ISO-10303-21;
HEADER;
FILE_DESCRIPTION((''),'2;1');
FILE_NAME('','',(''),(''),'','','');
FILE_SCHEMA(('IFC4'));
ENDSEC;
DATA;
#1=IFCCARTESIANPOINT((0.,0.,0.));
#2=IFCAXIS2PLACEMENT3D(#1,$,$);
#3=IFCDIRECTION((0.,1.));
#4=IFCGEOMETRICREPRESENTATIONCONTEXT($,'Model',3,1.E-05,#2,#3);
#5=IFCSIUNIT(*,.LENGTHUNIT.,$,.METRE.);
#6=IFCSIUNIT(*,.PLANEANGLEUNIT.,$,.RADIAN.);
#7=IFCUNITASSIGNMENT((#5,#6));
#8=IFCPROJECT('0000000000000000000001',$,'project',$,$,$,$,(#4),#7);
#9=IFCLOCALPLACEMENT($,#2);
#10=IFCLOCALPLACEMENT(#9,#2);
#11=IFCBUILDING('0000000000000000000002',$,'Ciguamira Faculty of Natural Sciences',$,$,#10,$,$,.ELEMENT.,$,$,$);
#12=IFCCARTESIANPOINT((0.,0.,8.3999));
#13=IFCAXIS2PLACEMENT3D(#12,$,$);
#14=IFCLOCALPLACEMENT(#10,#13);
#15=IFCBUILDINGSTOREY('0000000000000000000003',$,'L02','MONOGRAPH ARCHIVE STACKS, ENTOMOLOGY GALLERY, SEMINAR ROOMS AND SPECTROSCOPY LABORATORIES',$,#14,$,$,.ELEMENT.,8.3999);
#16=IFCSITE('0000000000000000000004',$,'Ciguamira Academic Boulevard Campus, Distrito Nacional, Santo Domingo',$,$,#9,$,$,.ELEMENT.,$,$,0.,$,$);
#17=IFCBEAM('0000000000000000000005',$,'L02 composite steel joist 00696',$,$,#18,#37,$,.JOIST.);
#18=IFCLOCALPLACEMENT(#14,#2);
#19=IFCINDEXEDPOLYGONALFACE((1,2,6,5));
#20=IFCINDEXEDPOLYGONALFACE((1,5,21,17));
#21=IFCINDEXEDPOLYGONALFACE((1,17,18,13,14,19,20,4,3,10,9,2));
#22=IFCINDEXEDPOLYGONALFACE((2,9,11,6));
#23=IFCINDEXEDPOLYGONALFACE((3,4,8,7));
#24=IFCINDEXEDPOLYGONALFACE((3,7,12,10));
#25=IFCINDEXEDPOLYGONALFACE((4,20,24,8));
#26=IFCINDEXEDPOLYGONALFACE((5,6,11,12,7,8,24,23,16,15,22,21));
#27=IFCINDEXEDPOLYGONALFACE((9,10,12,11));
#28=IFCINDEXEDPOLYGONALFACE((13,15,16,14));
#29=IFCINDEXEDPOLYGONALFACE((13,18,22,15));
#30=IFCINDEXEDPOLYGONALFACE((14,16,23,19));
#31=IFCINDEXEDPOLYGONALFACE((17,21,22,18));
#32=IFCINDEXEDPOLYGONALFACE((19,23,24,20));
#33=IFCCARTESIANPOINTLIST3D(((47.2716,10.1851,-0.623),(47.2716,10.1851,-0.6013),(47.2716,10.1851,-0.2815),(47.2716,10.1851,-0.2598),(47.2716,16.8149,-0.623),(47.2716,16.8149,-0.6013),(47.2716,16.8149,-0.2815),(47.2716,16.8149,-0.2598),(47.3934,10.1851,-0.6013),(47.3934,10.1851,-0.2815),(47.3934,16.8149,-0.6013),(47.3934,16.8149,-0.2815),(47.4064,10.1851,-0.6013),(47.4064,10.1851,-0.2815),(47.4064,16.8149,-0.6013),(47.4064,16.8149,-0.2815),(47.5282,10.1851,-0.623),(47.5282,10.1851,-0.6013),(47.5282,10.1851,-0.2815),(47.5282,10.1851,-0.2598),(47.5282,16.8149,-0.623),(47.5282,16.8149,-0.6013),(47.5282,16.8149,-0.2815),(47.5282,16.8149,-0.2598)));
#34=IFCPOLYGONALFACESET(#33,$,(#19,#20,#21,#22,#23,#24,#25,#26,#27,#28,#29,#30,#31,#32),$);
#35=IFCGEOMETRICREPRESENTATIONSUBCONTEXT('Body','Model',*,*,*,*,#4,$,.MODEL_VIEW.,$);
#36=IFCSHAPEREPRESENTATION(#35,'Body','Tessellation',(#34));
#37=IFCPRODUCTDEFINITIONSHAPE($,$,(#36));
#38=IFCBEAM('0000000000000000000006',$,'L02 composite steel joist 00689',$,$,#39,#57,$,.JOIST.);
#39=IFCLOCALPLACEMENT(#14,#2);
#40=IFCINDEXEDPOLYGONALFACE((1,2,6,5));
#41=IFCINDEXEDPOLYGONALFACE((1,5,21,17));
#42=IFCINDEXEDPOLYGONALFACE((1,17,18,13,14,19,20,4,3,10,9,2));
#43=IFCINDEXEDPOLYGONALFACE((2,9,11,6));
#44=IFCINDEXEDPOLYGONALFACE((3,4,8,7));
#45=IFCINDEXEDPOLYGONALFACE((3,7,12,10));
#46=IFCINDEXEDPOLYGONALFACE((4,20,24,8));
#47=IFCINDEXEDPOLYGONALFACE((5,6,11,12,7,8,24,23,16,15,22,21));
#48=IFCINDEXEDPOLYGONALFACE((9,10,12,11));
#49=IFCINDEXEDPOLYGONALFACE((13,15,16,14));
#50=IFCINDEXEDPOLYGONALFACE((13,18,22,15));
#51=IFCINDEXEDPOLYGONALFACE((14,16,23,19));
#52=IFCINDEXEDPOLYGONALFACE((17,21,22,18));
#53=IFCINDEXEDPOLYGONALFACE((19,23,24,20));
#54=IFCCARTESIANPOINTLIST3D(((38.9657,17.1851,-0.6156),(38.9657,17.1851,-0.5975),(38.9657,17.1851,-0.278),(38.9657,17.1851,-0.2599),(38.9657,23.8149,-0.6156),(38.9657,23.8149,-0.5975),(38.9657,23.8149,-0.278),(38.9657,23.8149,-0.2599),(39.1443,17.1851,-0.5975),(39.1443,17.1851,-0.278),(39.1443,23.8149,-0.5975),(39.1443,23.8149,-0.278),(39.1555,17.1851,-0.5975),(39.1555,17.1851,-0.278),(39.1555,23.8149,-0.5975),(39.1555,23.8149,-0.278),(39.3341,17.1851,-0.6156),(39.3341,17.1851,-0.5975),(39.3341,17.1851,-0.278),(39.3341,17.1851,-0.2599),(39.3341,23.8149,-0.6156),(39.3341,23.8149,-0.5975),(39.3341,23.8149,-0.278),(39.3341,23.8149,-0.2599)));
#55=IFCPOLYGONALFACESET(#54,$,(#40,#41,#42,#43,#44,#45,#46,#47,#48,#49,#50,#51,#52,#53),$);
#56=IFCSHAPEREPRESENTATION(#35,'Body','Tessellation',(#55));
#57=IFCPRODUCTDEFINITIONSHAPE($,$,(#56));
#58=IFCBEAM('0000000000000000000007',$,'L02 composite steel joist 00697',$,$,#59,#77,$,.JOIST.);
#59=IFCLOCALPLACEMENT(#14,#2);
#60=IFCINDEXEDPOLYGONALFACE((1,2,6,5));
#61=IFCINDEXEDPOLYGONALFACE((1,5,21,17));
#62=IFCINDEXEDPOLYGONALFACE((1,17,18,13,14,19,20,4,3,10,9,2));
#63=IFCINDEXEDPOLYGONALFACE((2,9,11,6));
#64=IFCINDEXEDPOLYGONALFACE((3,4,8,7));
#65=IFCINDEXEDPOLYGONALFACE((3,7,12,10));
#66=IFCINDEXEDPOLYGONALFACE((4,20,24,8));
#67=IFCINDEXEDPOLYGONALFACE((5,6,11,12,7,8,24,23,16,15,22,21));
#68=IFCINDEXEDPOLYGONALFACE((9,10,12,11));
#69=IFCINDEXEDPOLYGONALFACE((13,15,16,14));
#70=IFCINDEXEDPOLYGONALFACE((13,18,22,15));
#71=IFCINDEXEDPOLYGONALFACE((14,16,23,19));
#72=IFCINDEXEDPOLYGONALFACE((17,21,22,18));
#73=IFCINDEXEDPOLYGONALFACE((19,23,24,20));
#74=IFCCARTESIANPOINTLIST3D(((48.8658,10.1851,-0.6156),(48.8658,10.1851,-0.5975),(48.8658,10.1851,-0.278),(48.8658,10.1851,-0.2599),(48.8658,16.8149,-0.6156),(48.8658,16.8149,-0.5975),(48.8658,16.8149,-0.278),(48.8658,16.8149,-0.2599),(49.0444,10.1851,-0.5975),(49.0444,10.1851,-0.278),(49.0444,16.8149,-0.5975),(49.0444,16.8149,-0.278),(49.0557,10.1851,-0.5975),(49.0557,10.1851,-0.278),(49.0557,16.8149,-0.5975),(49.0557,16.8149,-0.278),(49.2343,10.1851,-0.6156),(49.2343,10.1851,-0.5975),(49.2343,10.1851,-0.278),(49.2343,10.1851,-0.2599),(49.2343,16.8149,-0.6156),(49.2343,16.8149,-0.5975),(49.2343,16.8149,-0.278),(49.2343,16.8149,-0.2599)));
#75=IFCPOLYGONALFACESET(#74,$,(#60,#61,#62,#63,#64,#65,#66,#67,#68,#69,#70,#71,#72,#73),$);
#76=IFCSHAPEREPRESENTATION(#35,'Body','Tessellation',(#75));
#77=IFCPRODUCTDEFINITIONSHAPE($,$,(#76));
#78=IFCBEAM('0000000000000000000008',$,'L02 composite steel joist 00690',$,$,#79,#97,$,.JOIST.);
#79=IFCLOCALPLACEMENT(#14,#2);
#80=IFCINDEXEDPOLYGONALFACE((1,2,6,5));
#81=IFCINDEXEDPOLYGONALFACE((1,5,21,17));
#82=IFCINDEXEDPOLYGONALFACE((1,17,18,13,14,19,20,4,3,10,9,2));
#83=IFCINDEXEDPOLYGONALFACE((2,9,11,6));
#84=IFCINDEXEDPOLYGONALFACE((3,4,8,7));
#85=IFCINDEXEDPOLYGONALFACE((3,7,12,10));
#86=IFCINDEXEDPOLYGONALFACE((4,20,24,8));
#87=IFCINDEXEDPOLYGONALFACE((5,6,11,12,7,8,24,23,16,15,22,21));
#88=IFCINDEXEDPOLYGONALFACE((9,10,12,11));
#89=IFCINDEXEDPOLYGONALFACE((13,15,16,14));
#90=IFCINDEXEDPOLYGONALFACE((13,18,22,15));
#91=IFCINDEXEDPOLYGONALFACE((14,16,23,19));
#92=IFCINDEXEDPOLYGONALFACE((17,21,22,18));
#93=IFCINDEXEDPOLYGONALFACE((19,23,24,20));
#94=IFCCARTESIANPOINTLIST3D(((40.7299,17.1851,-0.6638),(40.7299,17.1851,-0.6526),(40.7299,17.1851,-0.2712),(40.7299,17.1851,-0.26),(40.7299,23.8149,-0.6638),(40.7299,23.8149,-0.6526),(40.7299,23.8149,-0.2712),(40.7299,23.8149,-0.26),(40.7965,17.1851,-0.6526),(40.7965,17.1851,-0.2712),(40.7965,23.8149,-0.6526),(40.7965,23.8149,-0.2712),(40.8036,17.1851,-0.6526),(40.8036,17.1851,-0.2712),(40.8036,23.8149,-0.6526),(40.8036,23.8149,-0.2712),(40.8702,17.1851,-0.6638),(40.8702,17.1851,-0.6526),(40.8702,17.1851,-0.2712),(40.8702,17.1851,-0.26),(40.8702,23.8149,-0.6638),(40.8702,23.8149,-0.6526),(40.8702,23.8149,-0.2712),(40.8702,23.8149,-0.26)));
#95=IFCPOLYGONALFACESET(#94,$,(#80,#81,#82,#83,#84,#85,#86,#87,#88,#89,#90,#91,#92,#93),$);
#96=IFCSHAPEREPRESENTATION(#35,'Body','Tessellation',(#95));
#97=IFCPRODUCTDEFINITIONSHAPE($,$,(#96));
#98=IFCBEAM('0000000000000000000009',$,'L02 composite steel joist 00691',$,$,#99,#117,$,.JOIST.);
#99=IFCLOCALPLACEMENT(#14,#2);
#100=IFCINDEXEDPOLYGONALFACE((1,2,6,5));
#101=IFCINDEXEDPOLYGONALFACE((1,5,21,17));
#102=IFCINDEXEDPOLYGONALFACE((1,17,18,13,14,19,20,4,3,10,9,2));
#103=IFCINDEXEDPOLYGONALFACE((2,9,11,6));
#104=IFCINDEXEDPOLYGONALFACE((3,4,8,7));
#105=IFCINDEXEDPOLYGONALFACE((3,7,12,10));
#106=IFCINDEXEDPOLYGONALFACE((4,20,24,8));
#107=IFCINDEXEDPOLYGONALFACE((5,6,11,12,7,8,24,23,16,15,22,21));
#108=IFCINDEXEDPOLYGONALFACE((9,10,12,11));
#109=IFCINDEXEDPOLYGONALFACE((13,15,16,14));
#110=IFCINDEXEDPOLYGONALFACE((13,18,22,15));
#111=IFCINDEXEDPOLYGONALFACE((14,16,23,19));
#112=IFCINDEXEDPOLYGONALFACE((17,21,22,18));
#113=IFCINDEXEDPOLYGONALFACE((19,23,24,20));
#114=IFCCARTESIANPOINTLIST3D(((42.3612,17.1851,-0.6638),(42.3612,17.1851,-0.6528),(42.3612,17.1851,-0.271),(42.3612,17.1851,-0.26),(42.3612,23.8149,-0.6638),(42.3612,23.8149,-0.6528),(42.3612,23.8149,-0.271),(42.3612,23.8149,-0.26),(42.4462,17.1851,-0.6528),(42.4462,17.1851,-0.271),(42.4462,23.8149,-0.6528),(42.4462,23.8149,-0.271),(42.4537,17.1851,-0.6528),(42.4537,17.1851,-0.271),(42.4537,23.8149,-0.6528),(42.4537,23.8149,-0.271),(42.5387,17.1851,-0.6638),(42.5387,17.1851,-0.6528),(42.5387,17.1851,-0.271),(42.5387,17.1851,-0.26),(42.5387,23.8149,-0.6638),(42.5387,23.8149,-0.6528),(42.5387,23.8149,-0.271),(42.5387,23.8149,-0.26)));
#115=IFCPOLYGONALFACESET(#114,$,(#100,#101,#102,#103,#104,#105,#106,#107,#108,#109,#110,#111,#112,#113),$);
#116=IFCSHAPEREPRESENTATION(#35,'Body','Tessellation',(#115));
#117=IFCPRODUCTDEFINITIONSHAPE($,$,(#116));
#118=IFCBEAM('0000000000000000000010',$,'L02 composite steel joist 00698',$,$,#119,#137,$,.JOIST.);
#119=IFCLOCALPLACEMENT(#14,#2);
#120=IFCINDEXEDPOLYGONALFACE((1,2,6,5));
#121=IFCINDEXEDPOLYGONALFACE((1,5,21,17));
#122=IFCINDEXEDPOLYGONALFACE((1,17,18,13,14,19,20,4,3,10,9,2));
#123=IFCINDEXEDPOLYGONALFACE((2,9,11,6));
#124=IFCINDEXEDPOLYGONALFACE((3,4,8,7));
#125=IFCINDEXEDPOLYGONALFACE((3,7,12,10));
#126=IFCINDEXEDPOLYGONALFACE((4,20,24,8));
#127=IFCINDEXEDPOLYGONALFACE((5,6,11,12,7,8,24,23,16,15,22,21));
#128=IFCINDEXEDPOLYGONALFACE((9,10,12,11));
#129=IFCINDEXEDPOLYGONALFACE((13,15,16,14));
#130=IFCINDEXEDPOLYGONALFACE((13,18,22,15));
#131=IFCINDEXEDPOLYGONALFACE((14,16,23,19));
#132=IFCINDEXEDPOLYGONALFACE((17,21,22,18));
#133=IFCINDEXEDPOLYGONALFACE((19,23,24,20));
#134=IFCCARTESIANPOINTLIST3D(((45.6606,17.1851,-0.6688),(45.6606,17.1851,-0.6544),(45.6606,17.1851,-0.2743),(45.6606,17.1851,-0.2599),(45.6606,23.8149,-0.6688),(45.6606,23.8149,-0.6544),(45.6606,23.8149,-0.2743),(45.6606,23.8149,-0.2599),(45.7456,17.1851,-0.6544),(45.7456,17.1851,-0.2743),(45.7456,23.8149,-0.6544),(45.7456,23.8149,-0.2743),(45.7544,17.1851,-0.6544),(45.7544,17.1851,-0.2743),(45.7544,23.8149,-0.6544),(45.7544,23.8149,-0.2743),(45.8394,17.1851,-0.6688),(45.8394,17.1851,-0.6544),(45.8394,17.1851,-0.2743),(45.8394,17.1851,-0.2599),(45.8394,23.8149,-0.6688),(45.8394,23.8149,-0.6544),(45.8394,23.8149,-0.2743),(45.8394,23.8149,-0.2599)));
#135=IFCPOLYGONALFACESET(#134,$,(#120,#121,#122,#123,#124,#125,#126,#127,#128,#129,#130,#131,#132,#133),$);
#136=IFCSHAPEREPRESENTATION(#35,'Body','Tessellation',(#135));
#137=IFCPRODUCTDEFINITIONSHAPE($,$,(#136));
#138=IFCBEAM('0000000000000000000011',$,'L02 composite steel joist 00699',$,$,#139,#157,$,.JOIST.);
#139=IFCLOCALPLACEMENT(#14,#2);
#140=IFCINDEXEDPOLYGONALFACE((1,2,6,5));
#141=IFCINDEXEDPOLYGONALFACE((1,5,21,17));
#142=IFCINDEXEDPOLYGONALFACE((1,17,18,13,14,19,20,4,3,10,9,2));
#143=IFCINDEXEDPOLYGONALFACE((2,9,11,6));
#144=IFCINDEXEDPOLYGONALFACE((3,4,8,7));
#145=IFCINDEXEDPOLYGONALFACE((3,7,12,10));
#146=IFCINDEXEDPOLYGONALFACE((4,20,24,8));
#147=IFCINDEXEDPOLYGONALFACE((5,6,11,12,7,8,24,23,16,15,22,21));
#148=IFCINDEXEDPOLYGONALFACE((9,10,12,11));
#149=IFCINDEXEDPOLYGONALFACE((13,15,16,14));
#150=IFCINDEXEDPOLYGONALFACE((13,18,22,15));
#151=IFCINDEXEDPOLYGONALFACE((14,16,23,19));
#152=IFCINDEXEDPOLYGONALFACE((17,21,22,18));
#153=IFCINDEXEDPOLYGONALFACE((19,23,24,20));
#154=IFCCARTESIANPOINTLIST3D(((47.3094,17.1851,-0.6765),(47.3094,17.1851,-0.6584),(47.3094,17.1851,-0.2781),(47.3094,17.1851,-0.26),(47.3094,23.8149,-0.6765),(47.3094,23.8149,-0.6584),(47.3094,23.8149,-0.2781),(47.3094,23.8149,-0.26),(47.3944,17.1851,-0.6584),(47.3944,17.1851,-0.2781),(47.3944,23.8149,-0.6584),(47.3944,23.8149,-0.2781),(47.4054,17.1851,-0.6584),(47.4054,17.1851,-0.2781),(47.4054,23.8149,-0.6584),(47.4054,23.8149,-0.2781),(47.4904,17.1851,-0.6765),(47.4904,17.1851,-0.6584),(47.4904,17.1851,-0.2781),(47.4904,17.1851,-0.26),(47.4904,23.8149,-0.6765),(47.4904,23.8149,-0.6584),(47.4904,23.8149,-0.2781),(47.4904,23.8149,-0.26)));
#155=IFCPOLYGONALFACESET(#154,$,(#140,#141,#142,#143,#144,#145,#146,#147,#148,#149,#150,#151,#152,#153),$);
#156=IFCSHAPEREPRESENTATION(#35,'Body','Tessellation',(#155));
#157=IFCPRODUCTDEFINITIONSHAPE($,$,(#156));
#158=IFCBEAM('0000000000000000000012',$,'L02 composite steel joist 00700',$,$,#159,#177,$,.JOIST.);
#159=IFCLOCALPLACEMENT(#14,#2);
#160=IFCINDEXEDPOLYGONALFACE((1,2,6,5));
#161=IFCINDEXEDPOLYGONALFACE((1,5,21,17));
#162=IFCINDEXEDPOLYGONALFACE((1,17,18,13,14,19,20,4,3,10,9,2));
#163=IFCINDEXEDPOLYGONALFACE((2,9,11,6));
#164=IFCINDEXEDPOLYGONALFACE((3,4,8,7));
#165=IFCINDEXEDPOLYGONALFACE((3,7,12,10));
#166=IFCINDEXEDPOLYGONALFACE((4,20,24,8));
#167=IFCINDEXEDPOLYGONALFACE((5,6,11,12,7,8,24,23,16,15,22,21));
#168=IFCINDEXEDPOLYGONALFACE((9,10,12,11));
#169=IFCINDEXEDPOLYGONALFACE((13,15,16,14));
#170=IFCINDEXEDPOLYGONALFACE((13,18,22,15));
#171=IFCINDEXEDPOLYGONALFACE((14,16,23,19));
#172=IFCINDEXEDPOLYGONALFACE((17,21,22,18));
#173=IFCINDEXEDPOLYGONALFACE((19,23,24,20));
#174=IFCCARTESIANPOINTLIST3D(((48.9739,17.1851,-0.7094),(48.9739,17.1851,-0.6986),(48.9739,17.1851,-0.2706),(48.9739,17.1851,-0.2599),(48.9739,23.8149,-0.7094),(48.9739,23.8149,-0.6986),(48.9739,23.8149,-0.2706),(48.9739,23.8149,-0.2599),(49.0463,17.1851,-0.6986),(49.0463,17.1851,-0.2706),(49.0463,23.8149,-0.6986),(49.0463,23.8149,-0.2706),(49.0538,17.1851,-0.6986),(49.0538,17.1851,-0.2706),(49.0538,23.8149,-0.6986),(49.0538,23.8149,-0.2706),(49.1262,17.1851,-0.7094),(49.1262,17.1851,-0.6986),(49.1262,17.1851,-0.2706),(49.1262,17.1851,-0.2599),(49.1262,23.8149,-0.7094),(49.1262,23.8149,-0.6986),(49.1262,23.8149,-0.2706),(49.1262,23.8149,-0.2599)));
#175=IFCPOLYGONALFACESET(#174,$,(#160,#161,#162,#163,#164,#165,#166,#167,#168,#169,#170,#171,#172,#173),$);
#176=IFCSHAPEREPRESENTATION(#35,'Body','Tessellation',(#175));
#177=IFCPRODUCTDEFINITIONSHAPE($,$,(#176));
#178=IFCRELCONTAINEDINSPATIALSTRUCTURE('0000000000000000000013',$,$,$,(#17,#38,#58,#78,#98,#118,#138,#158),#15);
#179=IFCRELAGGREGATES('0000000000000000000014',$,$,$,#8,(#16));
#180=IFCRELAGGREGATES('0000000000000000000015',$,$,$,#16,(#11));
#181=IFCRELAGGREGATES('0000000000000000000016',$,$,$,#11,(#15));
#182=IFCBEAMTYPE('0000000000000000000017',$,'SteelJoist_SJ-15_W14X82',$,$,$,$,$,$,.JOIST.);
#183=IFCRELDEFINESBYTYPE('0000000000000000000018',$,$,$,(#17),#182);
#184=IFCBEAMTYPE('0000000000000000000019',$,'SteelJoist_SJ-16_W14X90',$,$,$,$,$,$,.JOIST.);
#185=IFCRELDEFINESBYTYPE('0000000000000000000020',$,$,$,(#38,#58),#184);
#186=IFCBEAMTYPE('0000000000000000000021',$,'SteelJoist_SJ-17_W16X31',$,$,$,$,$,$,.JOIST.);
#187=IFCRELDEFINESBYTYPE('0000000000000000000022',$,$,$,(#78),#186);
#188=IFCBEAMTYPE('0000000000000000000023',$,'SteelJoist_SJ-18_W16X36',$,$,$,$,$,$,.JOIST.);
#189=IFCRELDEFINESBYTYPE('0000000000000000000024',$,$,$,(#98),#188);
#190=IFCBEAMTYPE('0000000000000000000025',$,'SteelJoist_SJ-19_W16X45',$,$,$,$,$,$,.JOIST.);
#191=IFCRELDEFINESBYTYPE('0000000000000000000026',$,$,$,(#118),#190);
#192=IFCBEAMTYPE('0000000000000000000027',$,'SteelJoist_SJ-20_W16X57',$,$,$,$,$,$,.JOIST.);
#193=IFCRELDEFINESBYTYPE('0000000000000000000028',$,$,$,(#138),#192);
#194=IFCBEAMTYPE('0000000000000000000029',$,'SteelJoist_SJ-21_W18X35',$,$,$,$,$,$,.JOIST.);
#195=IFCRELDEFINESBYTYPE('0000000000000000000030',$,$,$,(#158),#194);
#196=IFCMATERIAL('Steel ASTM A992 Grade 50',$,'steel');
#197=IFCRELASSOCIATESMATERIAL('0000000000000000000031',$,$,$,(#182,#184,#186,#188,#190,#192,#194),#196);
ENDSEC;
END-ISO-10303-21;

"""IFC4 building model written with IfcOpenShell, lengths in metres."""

from ifc_helpers import new_model, si_unit, direction, frame, origin, origin_2d, place, context, subcontext, project, spatial, i_section, extrude, material, material_profile, profile_set, type_object, element, save


model = new_model("IFC4")

# Units and contexts
model_context = context("Model", 3, precision=1e-05, world=origin(), true_north=direction((0.0, 1.0)))
body_context = subcontext(model_context, "Body", "Model", "MODEL_VIEW")
ifc_project = project(units=[si_unit("LENGTHUNIT", "METRE"), si_unit("PLANEANGLEUNIT", "RADIAN")], contexts=[model_context])

# Site, building, storey
site_placement = place(None, origin())
site = spatial("IfcSite", under=ifc_project, at=site_placement, Name="Ciguamira Academic Boulevard Campus, Distrito Nacional, Santo Domingo", CompositionType="ELEMENT", RefElevation=0.0)
building_placement = place(site_placement, origin())
building = spatial("IfcBuilding", under=site, at=building_placement, Name="Ciguamira Faculty of Natural Sciences", CompositionType="ELEMENT")
storey_placement = place(building_placement, frame((0.0, 0.0, 8.3999)))
storey = spatial("IfcBuildingStorey", under=building, at=storey_placement, Name="L02", Description="MONOGRAPH ARCHIVE STACKS, ENTOMOLOGY GALLERY, SEMINAR ROOMS AND SPECTROSCOPY LABORATORIES", CompositionType="ELEMENT", Elevation=8.3999)

# Beams
ifc_material_1 = material(Name="Steel ASTM A992 Grade 50", Category="steel")
ifc_material_profile_1 = material_profile(ifc_material_1, i_section(OverallWidth=0.2566, OverallDepth=0.3633, WebThickness=0.0129, FlangeThickness=0.0217, at=origin_2d()), Name="W14X82")
ifc_profile_set_1 = profile_set([ifc_material_profile_1], Name="Steel ASTM A992 Grade 50")
beam_type_1 = type_object("IfcBeamType", Name="SteelJoist_SJ-15_W14X82", PredefinedType="JOIST", material=ifc_profile_set_1)
beam_1_placement = place(storey_placement, frame((47.3999, 10.1851, -0.4414), z_axis=(0.0, 1.0, 0.0), x_axis=(-1.0, 0.0, 0.0)))
element("IfcBeam", 1, at=beam_1_placement, inside=storey, type_object=beam_type_1, Name="L02 composite steel joist 00696", PredefinedType="JOIST", context=body_context, shape_type="SweptSolid", body=[
    extrude(i_section(OverallWidth=0.2566, OverallDepth=0.3633, WebThickness=0.0129, FlangeThickness=0.0217, at=origin_2d()), origin(), (0.0, 0.0, 1.0), 6.6299),
])
ifc_material_profile_2 = material_profile(ifc_material_1, i_section(OverallWidth=0.3684, OverallDepth=0.3557, WebThickness=0.0112, FlangeThickness=0.0181, at=origin_2d()), Name="W14X90")
ifc_profile_set_2 = profile_set([ifc_material_profile_2], Name="Steel ASTM A992 Grade 50")
beam_type_2 = type_object("IfcBeamType", Name="SteelJoist_SJ-16_W14X90", PredefinedType="JOIST", material=ifc_profile_set_2)
for number, where, z_axis, x_axis, name in (
    (2, (39.1499, 17.1851, -0.4377), (0.0, 1.0, 0.0), (-1.0, 0.0, 0.0), "L02 composite steel joist 00689"),
    (3, (49.05, 10.1851, -0.4377), (0.0, 1.0, 0.0), (-1.0, 0.0, 0.0), "L02 composite steel joist 00697"),
):
    element("IfcBeam", number, at=place(storey_placement, frame(where, z_axis=z_axis, x_axis=x_axis)), inside=storey, type_object=beam_type_2, Name=name, PredefinedType="JOIST", context=body_context, shape_type="SweptSolid", body=[
        extrude(i_section(OverallWidth=0.3684, OverallDepth=0.3557, WebThickness=0.0112, FlangeThickness=0.0181, at=origin_2d()), origin(), (0.0, 0.0, 1.0), 6.6299),
    ])
ifc_material_profile_3 = material_profile(ifc_material_1, i_section(OverallWidth=0.1404, OverallDepth=0.4038, WebThickness=0.0071, FlangeThickness=0.0112, at=origin_2d()), Name="W16X31")
ifc_profile_set_3 = profile_set([ifc_material_profile_3], Name="Steel ASTM A992 Grade 50")
beam_type_3 = type_object("IfcBeamType", Name="SteelJoist_SJ-17_W16X31", PredefinedType="JOIST", material=ifc_profile_set_3)
beam_2_placement = place(storey_placement, frame((40.8, 17.1851, -0.4619), z_axis=(0.0, 1.0, 0.0), x_axis=(-1.0, 0.0, 0.0)))
element("IfcBeam", 4, at=beam_2_placement, inside=storey, type_object=beam_type_3, Name="L02 composite steel joist 00690", PredefinedType="JOIST", context=body_context, shape_type="SweptSolid", body=[
    extrude(i_section(OverallWidth=0.1404, OverallDepth=0.4038, WebThickness=0.0071, FlangeThickness=0.0112, at=origin_2d()), origin(), (0.0, 0.0, 1.0), 6.6299),
])
ifc_material_profile_4 = material_profile(ifc_material_1, i_section(OverallWidth=0.1775, OverallDepth=0.4038, WebThickness=0.0076, FlangeThickness=0.011, at=origin_2d()), Name="W16X36")
ifc_profile_set_4 = profile_set([ifc_material_profile_4], Name="Steel ASTM A992 Grade 50")
beam_type_4 = type_object("IfcBeamType", Name="SteelJoist_SJ-18_W16X36", PredefinedType="JOIST", material=ifc_profile_set_4)
beam_3_placement = place(storey_placement, frame((42.45, 17.1851, -0.4619), z_axis=(0.0, 1.0, 0.0), x_axis=(-1.0, 0.0, 0.0)))
element("IfcBeam", 5, at=beam_3_placement, inside=storey, type_object=beam_type_4, Name="L02 composite steel joist 00691", PredefinedType="JOIST", context=body_context, shape_type="SweptSolid", body=[
    extrude(i_section(OverallWidth=0.1775, OverallDepth=0.4038, WebThickness=0.0076, FlangeThickness=0.011, at=origin_2d()), origin(), (0.0, 0.0, 1.0), 6.6299),
])
ifc_material_profile_5 = material_profile(ifc_material_1, i_section(OverallWidth=0.1787, OverallDepth=0.4089, WebThickness=0.0088, FlangeThickness=0.0144, at=origin_2d()), Name="W16X45")
ifc_profile_set_5 = profile_set([ifc_material_profile_5], Name="Steel ASTM A992 Grade 50")
beam_type_5 = type_object("IfcBeamType", Name="SteelJoist_SJ-19_W16X45", PredefinedType="JOIST", material=ifc_profile_set_5)
beam_4_placement = place(storey_placement, frame((45.75, 17.1851, -0.4644), z_axis=(0.0, 1.0, 0.0), x_axis=(-1.0, 0.0, 0.0)))
element("IfcBeam", 6, at=beam_4_placement, inside=storey, type_object=beam_type_5, Name="L02 composite steel joist 00698", PredefinedType="JOIST", context=body_context, shape_type="SweptSolid", body=[
    extrude(i_section(OverallWidth=0.1787, OverallDepth=0.4089, WebThickness=0.0088, FlangeThickness=0.0144, at=origin_2d()), origin(), (0.0, 0.0, 1.0), 6.6299),
])
ifc_material_profile_6 = material_profile(ifc_material_1, i_section(OverallWidth=0.1809, OverallDepth=0.4165, WebThickness=0.011, FlangeThickness=0.0181, at=origin_2d()), Name="W16X57")
ifc_profile_set_6 = profile_set([ifc_material_profile_6], Name="Steel ASTM A992 Grade 50")
beam_type_6 = type_object("IfcBeamType", Name="SteelJoist_SJ-20_W16X57", PredefinedType="JOIST", material=ifc_profile_set_6)
beam_5_placement = place(storey_placement, frame((47.3999, 17.1851, -0.4683), z_axis=(0.0, 1.0, 0.0), x_axis=(-1.0, 0.0, 0.0)))
element("IfcBeam", 7, at=beam_5_placement, inside=storey, type_object=beam_type_6, Name="L02 composite steel joist 00699", PredefinedType="JOIST", context=body_context, shape_type="SweptSolid", body=[
    extrude(i_section(OverallWidth=0.1809, OverallDepth=0.4165, WebThickness=0.011, FlangeThickness=0.0181, at=origin_2d()), origin(), (0.0, 0.0, 1.0), 6.6299),
])
ifc_material_profile_7 = material_profile(ifc_material_1, i_section(OverallWidth=0.1523, OverallDepth=0.4495, WebThickness=0.0076, FlangeThickness=0.0107, at=origin_2d()), Name="W18X35")
ifc_profile_set_7 = profile_set([ifc_material_profile_7], Name="Steel ASTM A992 Grade 50")
beam_type_7 = type_object("IfcBeamType", Name="SteelJoist_SJ-21_W18X35", PredefinedType="JOIST", material=ifc_profile_set_7)
beam_6_placement = place(storey_placement, frame((49.05, 17.1851, -0.4846), z_axis=(0.0, 1.0, 0.0), x_axis=(-1.0, 0.0, 0.0)))
element("IfcBeam", 8, at=beam_6_placement, inside=storey, type_object=beam_type_7, Name="L02 composite steel joist 00700", PredefinedType="JOIST", context=body_context, shape_type="SweptSolid", body=[
    extrude(i_section(OverallWidth=0.1523, OverallDepth=0.4495, WebThickness=0.0076, FlangeThickness=0.0107, at=origin_2d()), origin(), (0.0, 0.0, 1.0), 6.6299),
])

save(model, "model.ifc")
